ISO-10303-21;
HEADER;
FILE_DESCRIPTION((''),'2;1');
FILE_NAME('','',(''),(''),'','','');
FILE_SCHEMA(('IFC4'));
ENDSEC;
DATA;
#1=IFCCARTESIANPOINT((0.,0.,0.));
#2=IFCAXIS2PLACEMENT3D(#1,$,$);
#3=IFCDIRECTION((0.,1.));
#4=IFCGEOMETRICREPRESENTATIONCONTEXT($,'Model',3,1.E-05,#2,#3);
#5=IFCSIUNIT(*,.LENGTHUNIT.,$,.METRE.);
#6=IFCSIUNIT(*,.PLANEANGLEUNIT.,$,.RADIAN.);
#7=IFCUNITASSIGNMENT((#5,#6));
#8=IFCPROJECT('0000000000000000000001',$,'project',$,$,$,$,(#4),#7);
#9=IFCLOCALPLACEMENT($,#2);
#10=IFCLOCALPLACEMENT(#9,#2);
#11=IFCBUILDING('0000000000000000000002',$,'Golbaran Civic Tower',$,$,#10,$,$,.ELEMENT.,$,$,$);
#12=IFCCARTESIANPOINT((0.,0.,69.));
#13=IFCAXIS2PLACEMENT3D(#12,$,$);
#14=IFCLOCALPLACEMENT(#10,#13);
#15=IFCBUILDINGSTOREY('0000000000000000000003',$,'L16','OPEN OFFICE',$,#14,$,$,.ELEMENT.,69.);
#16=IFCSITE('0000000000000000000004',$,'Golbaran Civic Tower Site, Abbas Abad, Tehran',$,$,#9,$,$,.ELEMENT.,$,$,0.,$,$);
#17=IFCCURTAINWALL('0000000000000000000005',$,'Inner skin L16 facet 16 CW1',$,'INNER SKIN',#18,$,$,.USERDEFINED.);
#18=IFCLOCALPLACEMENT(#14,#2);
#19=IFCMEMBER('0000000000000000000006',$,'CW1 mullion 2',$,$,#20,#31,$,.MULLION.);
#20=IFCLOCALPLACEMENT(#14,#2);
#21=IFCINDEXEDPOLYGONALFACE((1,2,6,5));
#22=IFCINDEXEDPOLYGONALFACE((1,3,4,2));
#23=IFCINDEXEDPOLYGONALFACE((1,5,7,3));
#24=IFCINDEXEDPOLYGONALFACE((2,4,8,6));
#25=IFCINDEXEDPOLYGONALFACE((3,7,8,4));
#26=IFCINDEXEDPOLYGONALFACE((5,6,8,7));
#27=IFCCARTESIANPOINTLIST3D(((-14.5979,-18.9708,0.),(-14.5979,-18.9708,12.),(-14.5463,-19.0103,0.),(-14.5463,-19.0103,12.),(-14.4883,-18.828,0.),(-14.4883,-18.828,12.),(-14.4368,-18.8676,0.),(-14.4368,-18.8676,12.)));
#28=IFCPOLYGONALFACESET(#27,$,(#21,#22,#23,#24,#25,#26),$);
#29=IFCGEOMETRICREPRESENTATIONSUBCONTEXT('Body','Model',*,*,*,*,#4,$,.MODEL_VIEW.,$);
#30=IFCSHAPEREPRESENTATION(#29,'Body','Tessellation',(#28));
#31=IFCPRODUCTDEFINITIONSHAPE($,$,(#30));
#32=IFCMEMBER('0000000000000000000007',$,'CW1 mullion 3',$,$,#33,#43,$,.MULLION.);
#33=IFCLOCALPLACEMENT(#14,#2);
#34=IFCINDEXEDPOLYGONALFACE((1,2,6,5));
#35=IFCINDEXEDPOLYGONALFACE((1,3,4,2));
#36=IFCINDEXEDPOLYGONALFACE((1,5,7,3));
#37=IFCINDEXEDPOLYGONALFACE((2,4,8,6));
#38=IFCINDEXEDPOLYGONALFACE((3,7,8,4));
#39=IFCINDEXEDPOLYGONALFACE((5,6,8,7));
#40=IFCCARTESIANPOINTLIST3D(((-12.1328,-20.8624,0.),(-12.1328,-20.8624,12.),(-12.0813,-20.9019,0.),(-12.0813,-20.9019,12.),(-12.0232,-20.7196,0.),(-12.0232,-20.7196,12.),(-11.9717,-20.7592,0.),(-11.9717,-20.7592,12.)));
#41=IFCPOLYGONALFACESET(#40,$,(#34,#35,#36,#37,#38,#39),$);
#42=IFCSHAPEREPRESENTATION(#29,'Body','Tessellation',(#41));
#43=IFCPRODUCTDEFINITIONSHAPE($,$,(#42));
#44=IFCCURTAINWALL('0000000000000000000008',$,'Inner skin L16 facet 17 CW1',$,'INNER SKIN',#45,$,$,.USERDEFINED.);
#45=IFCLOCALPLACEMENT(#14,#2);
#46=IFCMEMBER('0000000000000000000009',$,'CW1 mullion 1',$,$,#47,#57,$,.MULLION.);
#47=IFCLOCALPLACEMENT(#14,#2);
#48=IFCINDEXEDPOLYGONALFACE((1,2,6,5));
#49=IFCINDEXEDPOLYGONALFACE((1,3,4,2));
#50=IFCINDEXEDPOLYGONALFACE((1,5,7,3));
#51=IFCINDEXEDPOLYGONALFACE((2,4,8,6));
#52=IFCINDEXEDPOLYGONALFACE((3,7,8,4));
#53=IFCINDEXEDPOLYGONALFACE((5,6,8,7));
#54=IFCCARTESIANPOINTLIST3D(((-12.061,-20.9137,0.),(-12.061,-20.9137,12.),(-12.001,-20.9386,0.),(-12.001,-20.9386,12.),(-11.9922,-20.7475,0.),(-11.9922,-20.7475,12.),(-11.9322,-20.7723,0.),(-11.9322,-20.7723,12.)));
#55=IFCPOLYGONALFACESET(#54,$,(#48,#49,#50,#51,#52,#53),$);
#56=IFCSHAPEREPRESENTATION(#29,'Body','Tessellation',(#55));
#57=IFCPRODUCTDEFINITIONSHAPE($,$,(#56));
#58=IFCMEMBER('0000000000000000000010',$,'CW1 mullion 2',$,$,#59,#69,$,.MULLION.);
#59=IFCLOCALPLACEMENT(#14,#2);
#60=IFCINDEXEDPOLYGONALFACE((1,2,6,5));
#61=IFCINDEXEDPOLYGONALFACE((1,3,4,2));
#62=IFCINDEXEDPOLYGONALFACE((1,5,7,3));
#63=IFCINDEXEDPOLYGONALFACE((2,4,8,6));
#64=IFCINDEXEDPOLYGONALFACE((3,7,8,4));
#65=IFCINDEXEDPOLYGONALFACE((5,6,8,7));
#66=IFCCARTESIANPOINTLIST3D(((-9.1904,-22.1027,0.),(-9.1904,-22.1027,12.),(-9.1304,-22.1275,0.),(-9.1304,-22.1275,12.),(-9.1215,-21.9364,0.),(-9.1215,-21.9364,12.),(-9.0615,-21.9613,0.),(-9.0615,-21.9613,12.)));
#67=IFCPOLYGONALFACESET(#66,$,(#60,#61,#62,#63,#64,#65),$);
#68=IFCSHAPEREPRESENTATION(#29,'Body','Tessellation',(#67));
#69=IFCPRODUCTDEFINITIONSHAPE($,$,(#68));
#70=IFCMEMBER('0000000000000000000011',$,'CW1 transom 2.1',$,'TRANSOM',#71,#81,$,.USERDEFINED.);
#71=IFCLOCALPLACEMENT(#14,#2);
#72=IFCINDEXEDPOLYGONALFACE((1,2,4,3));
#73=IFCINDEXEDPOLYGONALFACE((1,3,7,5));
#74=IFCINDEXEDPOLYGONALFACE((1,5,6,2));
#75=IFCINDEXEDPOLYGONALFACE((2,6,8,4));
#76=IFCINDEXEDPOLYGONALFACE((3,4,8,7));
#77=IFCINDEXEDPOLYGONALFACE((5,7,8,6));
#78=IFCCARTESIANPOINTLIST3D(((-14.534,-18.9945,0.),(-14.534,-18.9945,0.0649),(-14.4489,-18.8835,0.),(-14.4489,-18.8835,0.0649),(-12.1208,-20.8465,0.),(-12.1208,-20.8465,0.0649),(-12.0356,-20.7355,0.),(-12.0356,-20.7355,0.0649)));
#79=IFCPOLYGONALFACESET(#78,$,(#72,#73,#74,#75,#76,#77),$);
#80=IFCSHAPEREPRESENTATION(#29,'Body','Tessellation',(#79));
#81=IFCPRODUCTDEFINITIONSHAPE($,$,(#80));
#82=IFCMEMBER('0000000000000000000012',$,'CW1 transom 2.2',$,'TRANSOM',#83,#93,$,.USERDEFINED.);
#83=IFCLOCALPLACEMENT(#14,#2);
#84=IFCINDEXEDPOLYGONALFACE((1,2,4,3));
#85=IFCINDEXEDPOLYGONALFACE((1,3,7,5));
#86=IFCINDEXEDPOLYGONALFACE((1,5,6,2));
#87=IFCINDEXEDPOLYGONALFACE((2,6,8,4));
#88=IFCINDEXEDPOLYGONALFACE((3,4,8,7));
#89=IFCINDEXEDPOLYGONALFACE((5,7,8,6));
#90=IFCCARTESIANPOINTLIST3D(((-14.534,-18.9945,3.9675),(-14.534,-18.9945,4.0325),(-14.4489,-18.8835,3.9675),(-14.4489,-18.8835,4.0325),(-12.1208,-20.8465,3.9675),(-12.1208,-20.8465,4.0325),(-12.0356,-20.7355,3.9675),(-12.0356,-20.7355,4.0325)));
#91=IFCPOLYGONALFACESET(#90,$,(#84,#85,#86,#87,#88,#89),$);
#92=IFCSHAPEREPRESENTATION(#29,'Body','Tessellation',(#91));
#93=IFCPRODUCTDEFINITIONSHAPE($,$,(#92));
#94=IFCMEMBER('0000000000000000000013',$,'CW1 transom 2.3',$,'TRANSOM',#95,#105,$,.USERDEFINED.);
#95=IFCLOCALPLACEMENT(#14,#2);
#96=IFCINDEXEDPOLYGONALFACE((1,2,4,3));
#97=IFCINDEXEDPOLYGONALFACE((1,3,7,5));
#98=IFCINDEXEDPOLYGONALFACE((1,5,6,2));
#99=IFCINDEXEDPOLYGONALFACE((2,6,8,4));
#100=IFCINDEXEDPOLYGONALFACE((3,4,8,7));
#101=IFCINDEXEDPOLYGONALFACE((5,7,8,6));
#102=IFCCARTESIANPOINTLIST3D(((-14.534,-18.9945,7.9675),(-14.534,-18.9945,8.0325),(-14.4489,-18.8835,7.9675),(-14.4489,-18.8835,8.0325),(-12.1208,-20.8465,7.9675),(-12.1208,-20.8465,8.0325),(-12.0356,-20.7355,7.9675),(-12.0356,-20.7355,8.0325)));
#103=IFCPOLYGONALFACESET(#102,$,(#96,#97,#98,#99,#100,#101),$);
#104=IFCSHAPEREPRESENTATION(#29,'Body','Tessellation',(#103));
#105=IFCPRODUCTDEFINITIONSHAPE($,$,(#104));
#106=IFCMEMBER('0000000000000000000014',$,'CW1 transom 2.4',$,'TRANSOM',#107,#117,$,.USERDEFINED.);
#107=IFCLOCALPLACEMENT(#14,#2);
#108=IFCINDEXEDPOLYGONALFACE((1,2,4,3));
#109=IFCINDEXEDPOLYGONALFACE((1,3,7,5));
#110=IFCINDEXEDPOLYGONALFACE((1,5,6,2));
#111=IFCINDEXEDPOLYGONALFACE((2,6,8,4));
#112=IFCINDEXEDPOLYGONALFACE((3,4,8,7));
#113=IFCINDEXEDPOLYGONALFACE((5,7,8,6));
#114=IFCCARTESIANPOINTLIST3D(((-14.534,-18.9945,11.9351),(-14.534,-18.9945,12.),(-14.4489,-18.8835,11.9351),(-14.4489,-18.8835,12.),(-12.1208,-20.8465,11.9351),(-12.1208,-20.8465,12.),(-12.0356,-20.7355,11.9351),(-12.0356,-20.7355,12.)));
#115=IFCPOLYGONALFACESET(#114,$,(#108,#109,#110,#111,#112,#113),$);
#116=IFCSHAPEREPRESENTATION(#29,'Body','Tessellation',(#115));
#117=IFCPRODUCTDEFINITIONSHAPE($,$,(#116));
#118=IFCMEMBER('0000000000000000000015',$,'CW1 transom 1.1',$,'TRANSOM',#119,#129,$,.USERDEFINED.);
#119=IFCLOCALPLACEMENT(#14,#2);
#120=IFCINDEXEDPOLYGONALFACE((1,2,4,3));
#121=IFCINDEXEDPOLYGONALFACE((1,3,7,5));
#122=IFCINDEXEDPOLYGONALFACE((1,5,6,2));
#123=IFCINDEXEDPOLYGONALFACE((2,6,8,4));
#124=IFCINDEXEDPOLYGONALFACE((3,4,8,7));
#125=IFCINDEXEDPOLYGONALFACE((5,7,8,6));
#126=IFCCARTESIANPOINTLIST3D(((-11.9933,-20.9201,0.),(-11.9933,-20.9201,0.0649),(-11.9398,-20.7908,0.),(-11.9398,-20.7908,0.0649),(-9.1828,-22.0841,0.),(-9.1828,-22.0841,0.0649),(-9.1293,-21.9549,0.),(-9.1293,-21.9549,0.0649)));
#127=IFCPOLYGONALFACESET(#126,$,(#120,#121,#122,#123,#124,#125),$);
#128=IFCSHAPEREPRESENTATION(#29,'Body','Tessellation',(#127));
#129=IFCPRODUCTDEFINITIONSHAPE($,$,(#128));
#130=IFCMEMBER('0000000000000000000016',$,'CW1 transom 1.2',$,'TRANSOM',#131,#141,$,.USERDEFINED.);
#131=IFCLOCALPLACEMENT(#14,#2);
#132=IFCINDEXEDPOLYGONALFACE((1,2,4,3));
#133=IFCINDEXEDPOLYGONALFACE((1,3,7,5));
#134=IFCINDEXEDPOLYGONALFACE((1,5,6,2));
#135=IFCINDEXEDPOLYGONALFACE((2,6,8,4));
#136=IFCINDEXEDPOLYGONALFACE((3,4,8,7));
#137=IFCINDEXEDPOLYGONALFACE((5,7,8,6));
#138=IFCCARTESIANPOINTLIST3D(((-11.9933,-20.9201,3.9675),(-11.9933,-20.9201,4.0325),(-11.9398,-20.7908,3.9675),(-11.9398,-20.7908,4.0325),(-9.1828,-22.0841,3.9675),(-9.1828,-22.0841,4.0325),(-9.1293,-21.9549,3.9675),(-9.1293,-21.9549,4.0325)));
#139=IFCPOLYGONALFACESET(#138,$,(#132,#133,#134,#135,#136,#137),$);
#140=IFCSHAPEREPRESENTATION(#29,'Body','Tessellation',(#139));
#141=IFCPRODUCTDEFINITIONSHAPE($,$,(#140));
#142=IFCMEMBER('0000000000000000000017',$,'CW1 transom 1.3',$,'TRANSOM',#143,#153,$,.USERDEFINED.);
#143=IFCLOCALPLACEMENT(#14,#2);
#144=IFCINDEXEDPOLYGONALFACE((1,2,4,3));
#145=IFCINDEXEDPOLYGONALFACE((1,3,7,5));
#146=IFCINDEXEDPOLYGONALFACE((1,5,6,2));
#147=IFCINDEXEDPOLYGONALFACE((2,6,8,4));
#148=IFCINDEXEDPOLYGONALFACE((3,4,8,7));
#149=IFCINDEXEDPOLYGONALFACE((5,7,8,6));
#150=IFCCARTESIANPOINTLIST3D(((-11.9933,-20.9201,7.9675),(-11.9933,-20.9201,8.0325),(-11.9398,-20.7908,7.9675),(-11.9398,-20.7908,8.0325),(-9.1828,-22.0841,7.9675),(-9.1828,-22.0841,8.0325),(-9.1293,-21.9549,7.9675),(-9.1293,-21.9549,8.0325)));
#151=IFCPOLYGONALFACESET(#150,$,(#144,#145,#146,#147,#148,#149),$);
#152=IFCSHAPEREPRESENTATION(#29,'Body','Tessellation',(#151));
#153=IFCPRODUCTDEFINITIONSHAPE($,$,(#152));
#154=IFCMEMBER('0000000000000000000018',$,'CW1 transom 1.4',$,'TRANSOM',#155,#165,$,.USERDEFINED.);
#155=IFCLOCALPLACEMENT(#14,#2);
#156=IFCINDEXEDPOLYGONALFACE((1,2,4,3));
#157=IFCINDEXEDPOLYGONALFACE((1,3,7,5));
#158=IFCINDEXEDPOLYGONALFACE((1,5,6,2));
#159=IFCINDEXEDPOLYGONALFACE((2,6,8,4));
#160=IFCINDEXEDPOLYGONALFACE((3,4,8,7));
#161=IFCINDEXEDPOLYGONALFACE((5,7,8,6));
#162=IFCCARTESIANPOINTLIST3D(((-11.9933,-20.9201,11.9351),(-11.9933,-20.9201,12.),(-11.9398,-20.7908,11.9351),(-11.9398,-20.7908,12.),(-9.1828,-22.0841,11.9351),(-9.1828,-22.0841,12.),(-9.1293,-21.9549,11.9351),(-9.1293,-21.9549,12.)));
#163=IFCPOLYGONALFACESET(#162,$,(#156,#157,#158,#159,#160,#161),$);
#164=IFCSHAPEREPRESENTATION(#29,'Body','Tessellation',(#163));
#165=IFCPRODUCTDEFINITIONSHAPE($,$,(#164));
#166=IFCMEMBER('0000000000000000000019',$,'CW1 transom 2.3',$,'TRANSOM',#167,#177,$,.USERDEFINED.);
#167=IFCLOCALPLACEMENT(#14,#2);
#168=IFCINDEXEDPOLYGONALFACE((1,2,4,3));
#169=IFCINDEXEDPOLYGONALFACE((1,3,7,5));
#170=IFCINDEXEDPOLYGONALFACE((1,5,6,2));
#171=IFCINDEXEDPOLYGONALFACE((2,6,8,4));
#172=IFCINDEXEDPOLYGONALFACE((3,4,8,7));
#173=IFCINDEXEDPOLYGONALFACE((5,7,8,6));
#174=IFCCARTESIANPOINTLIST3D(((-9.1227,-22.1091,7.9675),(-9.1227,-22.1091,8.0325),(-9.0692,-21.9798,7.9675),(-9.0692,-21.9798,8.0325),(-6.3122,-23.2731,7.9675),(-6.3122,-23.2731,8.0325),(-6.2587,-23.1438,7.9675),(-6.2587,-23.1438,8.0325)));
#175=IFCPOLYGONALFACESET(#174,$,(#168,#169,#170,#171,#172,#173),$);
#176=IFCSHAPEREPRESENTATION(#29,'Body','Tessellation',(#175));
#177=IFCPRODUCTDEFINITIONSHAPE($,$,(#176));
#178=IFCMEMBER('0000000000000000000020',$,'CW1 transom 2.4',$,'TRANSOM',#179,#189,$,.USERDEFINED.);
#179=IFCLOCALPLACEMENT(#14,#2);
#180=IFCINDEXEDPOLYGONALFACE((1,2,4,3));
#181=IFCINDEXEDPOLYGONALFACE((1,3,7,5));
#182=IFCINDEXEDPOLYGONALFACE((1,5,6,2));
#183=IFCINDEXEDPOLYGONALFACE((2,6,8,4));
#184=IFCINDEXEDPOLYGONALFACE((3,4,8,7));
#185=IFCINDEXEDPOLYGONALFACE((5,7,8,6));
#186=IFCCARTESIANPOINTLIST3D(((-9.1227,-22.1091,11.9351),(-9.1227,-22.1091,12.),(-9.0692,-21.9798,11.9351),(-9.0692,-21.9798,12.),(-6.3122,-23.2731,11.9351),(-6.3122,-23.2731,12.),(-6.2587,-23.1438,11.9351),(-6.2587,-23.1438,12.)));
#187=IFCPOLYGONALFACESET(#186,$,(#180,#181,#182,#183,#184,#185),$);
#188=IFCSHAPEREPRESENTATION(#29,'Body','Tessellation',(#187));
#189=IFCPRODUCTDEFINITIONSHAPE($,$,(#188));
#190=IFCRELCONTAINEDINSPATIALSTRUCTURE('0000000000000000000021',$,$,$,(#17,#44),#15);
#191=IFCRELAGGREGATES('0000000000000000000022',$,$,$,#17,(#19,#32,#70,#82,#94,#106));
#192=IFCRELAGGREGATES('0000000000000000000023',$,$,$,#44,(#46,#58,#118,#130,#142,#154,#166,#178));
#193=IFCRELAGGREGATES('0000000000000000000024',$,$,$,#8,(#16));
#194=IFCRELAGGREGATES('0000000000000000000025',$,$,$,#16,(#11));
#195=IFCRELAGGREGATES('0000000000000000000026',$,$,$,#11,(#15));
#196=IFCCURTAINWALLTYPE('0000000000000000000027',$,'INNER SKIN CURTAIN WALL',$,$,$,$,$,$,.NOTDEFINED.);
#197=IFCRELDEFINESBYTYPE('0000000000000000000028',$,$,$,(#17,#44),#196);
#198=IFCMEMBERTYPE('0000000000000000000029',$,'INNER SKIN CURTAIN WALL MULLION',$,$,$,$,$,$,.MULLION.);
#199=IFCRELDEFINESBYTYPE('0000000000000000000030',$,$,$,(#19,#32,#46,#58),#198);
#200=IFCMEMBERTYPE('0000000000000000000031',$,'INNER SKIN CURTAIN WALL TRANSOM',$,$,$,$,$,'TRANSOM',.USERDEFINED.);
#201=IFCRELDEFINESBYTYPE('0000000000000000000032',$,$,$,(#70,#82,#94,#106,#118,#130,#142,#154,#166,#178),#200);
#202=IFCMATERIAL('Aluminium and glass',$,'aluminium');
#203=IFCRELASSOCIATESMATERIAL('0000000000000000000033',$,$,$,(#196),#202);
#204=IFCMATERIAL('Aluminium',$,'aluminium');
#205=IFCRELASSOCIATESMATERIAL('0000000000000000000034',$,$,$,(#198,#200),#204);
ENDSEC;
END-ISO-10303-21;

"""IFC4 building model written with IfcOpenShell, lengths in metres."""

from ifc_helpers import new_model, si_unit, direction, frame, origin, origin_2d, place, context, subcontext, project, spatial, rectangle, extrude, material, material_profile, profile_set, type_object, element, aggregate, save


model = new_model("IFC4")

# Units and contexts
model_context = context("Model", 3, precision=1e-05, world=origin(), true_north=direction((0.0, 1.0)))
body_context = subcontext(model_context, "Body", "Model", "MODEL_VIEW")
ifc_project = project(units=[si_unit("LENGTHUNIT", "METRE"), si_unit("PLANEANGLEUNIT", "RADIAN")], contexts=[model_context])

# Site, building, storey
site_placement = place(None, origin())
site = spatial("IfcSite", under=ifc_project, at=site_placement, Name="Golbaran Civic Tower Site, Abbas Abad, Tehran", CompositionType="ELEMENT", RefElevation=0.0)
building_placement = place(site_placement, origin())
building = spatial("IfcBuilding", under=site, at=building_placement, Name="Golbaran Civic Tower", CompositionType="ELEMENT")
storey_placement = place(building_placement, frame((0.0, 0.0, 69.0)))
storey = spatial("IfcBuildingStorey", under=building, at=storey_placement, Name="L16", Description="OPEN OFFICE", CompositionType="ELEMENT", Elevation=69.0)

# Curtain walls, members
ifc_material_1 = material(Name="Aluminium and glass", Category="aluminium")
curtain_wall_type_1 = type_object("IfcCurtainWallType", Name="INNER SKIN CURTAIN WALL", PredefinedType="NOTDEFINED", material=ifc_material_1)
curtain_wall_1_placement = place(storey_placement, origin())
curtain_wall_1 = element("IfcCurtainWall", 1, at=curtain_wall_1_placement, inside=storey, type_object=curtain_wall_type_1, Name="Inner skin L16 facet 16 CW1", ObjectType="INNER SKIN", PredefinedType="USERDEFINED")
ifc_material_2 = material(Name="Aluminium", Category="aluminium")
ifc_material_profile_1 = material_profile(ifc_material_2, rectangle(XDim=0.1799, YDim=0.0649, at=origin_2d()), Name="INNER SKIN CURTAIN WALL MULLION")
ifc_profile_set_1 = profile_set([ifc_material_profile_1], Name="Aluminium")
member_type_1 = type_object("IfcMemberType", Name="INNER SKIN CURTAIN WALL MULLION", PredefinedType="MULLION", material=ifc_profile_set_1)
member_1_placement = place(storey_placement, frame((-14.5173, -18.9192, 0.0), z_axis=(0.0, 0.0, 1.0), x_axis=(0.608761, 0.793353, 0.0)))
member_1 = element("IfcMember", 2, at=member_1_placement, type_object=member_type_1, Name="CW1 mullion 2", PredefinedType="MULLION", context=body_context, shape_type="SweptSolid", body=[
    extrude(rectangle(XDim=0.1799, YDim=0.0649, at=origin_2d()), origin(), (0.0, 0.0, 1.0), 12.0),
])
member_2_placement = place(storey_placement, frame((-12.0522, -20.8108, 0.0), z_axis=(0.0, 0.0, 1.0), x_axis=(0.608761, 0.793353, 0.0)))
member_2 = element("IfcMember", 3, at=member_2_placement, type_object=member_type_1, Name="CW1 mullion 3", PredefinedType="MULLION", context=body_context, shape_type="SweptSolid", body=[
    extrude(rectangle(XDim=0.1799, YDim=0.0649, at=origin_2d()), origin(), (0.0, 0.0, 1.0), 12.0),
])
curtain_wall_2_placement = place(storey_placement, origin())
curtain_wall_2 = element("IfcCurtainWall", 4, at=curtain_wall_2_placement, inside=storey, type_object=curtain_wall_type_1, Name="Inner skin L16 facet 17 CW1", ObjectType="INNER SKIN", PredefinedType="USERDEFINED")
member_3_placement = place(storey_placement, frame((-11.9966, -20.843, 0.0), z_axis=(0.0, 0.0, 1.0), x_axis=(0.382683, 0.92388, 0.0)))
member_3 = element("IfcMember", 5, at=member_3_placement, type_object=member_type_1, Name="CW1 mullion 1", PredefinedType="MULLION", context=body_context, shape_type="SweptSolid", body=[
    extrude(rectangle(XDim=0.1799, YDim=0.0649, at=origin_2d()), origin(), (0.0, 0.0, 1.0), 12.0),
])
member_4_placement = place(storey_placement, frame((-9.126, -22.032, 0.0), z_axis=(0.0, 0.0, 1.0), x_axis=(0.382683, 0.92388, 0.0)))
member_4 = element("IfcMember", 6, at=member_4_placement, type_object=member_type_1, Name="CW1 mullion 2", PredefinedType="MULLION", context=body_context, shape_type="SweptSolid", body=[
    extrude(rectangle(XDim=0.1799, YDim=0.0649, at=origin_2d()), origin(), (0.0, 0.0, 1.0), 12.0),
])

# Members
ifc_material_profile_2 = material_profile(ifc_material_2, rectangle(XDim=0.1399, YDim=0.0649, at=origin_2d()), Name="INNER SKIN CURTAIN WALL TRANSOM")
ifc_profile_set_2 = profile_set([ifc_material_profile_2], Name="Aluminium")
member_type_2 = type_object("IfcMemberType", Name="INNER SKIN CURTAIN WALL TRANSOM", ElementType="TRANSOM", PredefinedType="USERDEFINED", material=ifc_profile_set_2)
member_5_placement = place(storey_placement, frame((-14.4915, -18.939, 0.0325), z_axis=(0.793316, -0.608811, 0.0), x_axis=(0.608811, 0.793316, 0.0)))
member_5 = element("IfcMember", 7, at=member_5_placement, type_object=member_type_2, Name="CW1 transom 2.1", ObjectType="TRANSOM", PredefinedType="USERDEFINED", context=body_context, shape_type="SweptSolid", body=[
    extrude(rectangle(XDim=0.1399, YDim=0.0649, at=origin_2d()), origin(), (0.0, 0.0, 1.0), 3.042),
])
member_6_placement = place(storey_placement, frame((-14.4915, -18.939, 4.0), z_axis=(0.793316, -0.608811, 0.0), x_axis=(0.608811, 0.793316, 0.0)))
member_6 = element("IfcMember", 8, at=member_6_placement, type_object=member_type_2, Name="CW1 transom 2.2", ObjectType="TRANSOM", PredefinedType="USERDEFINED", context=body_context, shape_type="SweptSolid", body=[
    extrude(rectangle(XDim=0.1399, YDim=0.0649, at=origin_2d()), origin(), (0.0, 0.0, 1.0), 3.042),
])
member_7_placement = place(storey_placement, frame((-14.4915, -18.939, 8.0), z_axis=(0.793316, -0.608811, 0.0), x_axis=(0.608811, 0.793316, 0.0)))
member_7 = element("IfcMember", 9, at=member_7_placement, type_object=member_type_2, Name="CW1 transom 2.3", ObjectType="TRANSOM", PredefinedType="USERDEFINED", context=body_context, shape_type="SweptSolid", body=[
    extrude(rectangle(XDim=0.1399, YDim=0.0649, at=origin_2d()), origin(), (0.0, 0.0, 1.0), 3.042),
])
member_8_placement = place(storey_placement, frame((-14.4915, -18.939, 11.9675), z_axis=(0.793316, -0.608811, 0.0), x_axis=(0.608811, 0.793316, 0.0)))
member_8 = element("IfcMember", 10, at=member_8_placement, type_object=member_type_2, Name="CW1 transom 2.4", ObjectType="TRANSOM", PredefinedType="USERDEFINED", context=body_context, shape_type="SweptSolid", body=[
    extrude(rectangle(XDim=0.1399, YDim=0.0649, at=origin_2d()), origin(), (0.0, 0.0, 1.0), 3.042),
])
member_9_placement = place(storey_placement, frame((-11.9666, -20.8555, 0.0325), z_axis=(0.923892, -0.382654, 0.0), x_axis=(0.382654, 0.923892, 0.0)))
member_9 = element("IfcMember", 11, at=member_9_placement, type_object=member_type_2, Name="CW1 transom 1.1", ObjectType="TRANSOM", PredefinedType="USERDEFINED", context=body_context, shape_type="SweptSolid", body=[
    extrude(rectangle(XDim=0.1399, YDim=0.0649, at=origin_2d()), origin(), (0.0, 0.0, 1.0), 3.042),
])
member_10_placement = place(storey_placement, frame((-11.9666, -20.8555, 4.0), z_axis=(0.923892, -0.382654, 0.0), x_axis=(0.382654, 0.923892, 0.0)))
member_10 = element("IfcMember", 12, at=member_10_placement, type_object=member_type_2, Name="CW1 transom 1.2", ObjectType="TRANSOM", PredefinedType="USERDEFINED", context=body_context, shape_type="SweptSolid", body=[
    extrude(rectangle(XDim=0.1399, YDim=0.0649, at=origin_2d()), origin(), (0.0, 0.0, 1.0), 3.042),
])
member_11_placement = place(storey_placement, frame((-11.9666, -20.8555, 8.0), z_axis=(0.923892, -0.382654, 0.0), x_axis=(0.382654, 0.923892, 0.0)))
member_11 = element("IfcMember", 13, at=member_11_placement, type_object=member_type_2, Name="CW1 transom 1.3", ObjectType="TRANSOM", PredefinedType="USERDEFINED", context=body_context, shape_type="SweptSolid", body=[
    extrude(rectangle(XDim=0.1399, YDim=0.0649, at=origin_2d()), origin(), (0.0, 0.0, 1.0), 3.042),
])
member_12_placement = place(storey_placement, frame((-11.9666, -20.8555, 11.9675), z_axis=(0.923892, -0.382654, 0.0), x_axis=(0.382654, 0.923892, 0.0)))
member_12 = element("IfcMember", 14, at=member_12_placement, type_object=member_type_2, Name="CW1 transom 1.4", ObjectType="TRANSOM", PredefinedType="USERDEFINED", context=body_context, shape_type="SweptSolid", body=[
    extrude(rectangle(XDim=0.1399, YDim=0.0649, at=origin_2d()), origin(), (0.0, 0.0, 1.0), 3.042),
])
member_13_placement = place(storey_placement, frame((-9.0959, -22.0444, 8.0), z_axis=(0.923892, -0.382654, 0.0), x_axis=(0.382654, 0.923892, 0.0)))
member_13 = element("IfcMember", 15, at=member_13_placement, type_object=member_type_2, Name="CW1 transom 2.3", ObjectType="TRANSOM", PredefinedType="USERDEFINED", context=body_context, shape_type="SweptSolid", body=[
    extrude(rectangle(XDim=0.1399, YDim=0.0649, at=origin_2d()), origin(), (0.0, 0.0, 1.0), 3.042),
])
member_14_placement = place(storey_placement, frame((-9.0959, -22.0444, 11.9675), z_axis=(0.923892, -0.382654, 0.0), x_axis=(0.382654, 0.923892, 0.0)))
member_14 = element("IfcMember", 16, at=member_14_placement, type_object=member_type_2, Name="CW1 transom 2.4", ObjectType="TRANSOM", PredefinedType="USERDEFINED", context=body_context, shape_type="SweptSolid", body=[
    extrude(rectangle(XDim=0.1399, YDim=0.0649, at=origin_2d()), origin(), (0.0, 0.0, 1.0), 3.042),
])

aggregate(curtain_wall_1, [member_1, member_2, member_5, member_6, member_7, member_8])
aggregate(curtain_wall_2, [member_3, member_4, member_9, member_10, member_11, member_12, member_13, member_14])

save(model, "model.ifc")
